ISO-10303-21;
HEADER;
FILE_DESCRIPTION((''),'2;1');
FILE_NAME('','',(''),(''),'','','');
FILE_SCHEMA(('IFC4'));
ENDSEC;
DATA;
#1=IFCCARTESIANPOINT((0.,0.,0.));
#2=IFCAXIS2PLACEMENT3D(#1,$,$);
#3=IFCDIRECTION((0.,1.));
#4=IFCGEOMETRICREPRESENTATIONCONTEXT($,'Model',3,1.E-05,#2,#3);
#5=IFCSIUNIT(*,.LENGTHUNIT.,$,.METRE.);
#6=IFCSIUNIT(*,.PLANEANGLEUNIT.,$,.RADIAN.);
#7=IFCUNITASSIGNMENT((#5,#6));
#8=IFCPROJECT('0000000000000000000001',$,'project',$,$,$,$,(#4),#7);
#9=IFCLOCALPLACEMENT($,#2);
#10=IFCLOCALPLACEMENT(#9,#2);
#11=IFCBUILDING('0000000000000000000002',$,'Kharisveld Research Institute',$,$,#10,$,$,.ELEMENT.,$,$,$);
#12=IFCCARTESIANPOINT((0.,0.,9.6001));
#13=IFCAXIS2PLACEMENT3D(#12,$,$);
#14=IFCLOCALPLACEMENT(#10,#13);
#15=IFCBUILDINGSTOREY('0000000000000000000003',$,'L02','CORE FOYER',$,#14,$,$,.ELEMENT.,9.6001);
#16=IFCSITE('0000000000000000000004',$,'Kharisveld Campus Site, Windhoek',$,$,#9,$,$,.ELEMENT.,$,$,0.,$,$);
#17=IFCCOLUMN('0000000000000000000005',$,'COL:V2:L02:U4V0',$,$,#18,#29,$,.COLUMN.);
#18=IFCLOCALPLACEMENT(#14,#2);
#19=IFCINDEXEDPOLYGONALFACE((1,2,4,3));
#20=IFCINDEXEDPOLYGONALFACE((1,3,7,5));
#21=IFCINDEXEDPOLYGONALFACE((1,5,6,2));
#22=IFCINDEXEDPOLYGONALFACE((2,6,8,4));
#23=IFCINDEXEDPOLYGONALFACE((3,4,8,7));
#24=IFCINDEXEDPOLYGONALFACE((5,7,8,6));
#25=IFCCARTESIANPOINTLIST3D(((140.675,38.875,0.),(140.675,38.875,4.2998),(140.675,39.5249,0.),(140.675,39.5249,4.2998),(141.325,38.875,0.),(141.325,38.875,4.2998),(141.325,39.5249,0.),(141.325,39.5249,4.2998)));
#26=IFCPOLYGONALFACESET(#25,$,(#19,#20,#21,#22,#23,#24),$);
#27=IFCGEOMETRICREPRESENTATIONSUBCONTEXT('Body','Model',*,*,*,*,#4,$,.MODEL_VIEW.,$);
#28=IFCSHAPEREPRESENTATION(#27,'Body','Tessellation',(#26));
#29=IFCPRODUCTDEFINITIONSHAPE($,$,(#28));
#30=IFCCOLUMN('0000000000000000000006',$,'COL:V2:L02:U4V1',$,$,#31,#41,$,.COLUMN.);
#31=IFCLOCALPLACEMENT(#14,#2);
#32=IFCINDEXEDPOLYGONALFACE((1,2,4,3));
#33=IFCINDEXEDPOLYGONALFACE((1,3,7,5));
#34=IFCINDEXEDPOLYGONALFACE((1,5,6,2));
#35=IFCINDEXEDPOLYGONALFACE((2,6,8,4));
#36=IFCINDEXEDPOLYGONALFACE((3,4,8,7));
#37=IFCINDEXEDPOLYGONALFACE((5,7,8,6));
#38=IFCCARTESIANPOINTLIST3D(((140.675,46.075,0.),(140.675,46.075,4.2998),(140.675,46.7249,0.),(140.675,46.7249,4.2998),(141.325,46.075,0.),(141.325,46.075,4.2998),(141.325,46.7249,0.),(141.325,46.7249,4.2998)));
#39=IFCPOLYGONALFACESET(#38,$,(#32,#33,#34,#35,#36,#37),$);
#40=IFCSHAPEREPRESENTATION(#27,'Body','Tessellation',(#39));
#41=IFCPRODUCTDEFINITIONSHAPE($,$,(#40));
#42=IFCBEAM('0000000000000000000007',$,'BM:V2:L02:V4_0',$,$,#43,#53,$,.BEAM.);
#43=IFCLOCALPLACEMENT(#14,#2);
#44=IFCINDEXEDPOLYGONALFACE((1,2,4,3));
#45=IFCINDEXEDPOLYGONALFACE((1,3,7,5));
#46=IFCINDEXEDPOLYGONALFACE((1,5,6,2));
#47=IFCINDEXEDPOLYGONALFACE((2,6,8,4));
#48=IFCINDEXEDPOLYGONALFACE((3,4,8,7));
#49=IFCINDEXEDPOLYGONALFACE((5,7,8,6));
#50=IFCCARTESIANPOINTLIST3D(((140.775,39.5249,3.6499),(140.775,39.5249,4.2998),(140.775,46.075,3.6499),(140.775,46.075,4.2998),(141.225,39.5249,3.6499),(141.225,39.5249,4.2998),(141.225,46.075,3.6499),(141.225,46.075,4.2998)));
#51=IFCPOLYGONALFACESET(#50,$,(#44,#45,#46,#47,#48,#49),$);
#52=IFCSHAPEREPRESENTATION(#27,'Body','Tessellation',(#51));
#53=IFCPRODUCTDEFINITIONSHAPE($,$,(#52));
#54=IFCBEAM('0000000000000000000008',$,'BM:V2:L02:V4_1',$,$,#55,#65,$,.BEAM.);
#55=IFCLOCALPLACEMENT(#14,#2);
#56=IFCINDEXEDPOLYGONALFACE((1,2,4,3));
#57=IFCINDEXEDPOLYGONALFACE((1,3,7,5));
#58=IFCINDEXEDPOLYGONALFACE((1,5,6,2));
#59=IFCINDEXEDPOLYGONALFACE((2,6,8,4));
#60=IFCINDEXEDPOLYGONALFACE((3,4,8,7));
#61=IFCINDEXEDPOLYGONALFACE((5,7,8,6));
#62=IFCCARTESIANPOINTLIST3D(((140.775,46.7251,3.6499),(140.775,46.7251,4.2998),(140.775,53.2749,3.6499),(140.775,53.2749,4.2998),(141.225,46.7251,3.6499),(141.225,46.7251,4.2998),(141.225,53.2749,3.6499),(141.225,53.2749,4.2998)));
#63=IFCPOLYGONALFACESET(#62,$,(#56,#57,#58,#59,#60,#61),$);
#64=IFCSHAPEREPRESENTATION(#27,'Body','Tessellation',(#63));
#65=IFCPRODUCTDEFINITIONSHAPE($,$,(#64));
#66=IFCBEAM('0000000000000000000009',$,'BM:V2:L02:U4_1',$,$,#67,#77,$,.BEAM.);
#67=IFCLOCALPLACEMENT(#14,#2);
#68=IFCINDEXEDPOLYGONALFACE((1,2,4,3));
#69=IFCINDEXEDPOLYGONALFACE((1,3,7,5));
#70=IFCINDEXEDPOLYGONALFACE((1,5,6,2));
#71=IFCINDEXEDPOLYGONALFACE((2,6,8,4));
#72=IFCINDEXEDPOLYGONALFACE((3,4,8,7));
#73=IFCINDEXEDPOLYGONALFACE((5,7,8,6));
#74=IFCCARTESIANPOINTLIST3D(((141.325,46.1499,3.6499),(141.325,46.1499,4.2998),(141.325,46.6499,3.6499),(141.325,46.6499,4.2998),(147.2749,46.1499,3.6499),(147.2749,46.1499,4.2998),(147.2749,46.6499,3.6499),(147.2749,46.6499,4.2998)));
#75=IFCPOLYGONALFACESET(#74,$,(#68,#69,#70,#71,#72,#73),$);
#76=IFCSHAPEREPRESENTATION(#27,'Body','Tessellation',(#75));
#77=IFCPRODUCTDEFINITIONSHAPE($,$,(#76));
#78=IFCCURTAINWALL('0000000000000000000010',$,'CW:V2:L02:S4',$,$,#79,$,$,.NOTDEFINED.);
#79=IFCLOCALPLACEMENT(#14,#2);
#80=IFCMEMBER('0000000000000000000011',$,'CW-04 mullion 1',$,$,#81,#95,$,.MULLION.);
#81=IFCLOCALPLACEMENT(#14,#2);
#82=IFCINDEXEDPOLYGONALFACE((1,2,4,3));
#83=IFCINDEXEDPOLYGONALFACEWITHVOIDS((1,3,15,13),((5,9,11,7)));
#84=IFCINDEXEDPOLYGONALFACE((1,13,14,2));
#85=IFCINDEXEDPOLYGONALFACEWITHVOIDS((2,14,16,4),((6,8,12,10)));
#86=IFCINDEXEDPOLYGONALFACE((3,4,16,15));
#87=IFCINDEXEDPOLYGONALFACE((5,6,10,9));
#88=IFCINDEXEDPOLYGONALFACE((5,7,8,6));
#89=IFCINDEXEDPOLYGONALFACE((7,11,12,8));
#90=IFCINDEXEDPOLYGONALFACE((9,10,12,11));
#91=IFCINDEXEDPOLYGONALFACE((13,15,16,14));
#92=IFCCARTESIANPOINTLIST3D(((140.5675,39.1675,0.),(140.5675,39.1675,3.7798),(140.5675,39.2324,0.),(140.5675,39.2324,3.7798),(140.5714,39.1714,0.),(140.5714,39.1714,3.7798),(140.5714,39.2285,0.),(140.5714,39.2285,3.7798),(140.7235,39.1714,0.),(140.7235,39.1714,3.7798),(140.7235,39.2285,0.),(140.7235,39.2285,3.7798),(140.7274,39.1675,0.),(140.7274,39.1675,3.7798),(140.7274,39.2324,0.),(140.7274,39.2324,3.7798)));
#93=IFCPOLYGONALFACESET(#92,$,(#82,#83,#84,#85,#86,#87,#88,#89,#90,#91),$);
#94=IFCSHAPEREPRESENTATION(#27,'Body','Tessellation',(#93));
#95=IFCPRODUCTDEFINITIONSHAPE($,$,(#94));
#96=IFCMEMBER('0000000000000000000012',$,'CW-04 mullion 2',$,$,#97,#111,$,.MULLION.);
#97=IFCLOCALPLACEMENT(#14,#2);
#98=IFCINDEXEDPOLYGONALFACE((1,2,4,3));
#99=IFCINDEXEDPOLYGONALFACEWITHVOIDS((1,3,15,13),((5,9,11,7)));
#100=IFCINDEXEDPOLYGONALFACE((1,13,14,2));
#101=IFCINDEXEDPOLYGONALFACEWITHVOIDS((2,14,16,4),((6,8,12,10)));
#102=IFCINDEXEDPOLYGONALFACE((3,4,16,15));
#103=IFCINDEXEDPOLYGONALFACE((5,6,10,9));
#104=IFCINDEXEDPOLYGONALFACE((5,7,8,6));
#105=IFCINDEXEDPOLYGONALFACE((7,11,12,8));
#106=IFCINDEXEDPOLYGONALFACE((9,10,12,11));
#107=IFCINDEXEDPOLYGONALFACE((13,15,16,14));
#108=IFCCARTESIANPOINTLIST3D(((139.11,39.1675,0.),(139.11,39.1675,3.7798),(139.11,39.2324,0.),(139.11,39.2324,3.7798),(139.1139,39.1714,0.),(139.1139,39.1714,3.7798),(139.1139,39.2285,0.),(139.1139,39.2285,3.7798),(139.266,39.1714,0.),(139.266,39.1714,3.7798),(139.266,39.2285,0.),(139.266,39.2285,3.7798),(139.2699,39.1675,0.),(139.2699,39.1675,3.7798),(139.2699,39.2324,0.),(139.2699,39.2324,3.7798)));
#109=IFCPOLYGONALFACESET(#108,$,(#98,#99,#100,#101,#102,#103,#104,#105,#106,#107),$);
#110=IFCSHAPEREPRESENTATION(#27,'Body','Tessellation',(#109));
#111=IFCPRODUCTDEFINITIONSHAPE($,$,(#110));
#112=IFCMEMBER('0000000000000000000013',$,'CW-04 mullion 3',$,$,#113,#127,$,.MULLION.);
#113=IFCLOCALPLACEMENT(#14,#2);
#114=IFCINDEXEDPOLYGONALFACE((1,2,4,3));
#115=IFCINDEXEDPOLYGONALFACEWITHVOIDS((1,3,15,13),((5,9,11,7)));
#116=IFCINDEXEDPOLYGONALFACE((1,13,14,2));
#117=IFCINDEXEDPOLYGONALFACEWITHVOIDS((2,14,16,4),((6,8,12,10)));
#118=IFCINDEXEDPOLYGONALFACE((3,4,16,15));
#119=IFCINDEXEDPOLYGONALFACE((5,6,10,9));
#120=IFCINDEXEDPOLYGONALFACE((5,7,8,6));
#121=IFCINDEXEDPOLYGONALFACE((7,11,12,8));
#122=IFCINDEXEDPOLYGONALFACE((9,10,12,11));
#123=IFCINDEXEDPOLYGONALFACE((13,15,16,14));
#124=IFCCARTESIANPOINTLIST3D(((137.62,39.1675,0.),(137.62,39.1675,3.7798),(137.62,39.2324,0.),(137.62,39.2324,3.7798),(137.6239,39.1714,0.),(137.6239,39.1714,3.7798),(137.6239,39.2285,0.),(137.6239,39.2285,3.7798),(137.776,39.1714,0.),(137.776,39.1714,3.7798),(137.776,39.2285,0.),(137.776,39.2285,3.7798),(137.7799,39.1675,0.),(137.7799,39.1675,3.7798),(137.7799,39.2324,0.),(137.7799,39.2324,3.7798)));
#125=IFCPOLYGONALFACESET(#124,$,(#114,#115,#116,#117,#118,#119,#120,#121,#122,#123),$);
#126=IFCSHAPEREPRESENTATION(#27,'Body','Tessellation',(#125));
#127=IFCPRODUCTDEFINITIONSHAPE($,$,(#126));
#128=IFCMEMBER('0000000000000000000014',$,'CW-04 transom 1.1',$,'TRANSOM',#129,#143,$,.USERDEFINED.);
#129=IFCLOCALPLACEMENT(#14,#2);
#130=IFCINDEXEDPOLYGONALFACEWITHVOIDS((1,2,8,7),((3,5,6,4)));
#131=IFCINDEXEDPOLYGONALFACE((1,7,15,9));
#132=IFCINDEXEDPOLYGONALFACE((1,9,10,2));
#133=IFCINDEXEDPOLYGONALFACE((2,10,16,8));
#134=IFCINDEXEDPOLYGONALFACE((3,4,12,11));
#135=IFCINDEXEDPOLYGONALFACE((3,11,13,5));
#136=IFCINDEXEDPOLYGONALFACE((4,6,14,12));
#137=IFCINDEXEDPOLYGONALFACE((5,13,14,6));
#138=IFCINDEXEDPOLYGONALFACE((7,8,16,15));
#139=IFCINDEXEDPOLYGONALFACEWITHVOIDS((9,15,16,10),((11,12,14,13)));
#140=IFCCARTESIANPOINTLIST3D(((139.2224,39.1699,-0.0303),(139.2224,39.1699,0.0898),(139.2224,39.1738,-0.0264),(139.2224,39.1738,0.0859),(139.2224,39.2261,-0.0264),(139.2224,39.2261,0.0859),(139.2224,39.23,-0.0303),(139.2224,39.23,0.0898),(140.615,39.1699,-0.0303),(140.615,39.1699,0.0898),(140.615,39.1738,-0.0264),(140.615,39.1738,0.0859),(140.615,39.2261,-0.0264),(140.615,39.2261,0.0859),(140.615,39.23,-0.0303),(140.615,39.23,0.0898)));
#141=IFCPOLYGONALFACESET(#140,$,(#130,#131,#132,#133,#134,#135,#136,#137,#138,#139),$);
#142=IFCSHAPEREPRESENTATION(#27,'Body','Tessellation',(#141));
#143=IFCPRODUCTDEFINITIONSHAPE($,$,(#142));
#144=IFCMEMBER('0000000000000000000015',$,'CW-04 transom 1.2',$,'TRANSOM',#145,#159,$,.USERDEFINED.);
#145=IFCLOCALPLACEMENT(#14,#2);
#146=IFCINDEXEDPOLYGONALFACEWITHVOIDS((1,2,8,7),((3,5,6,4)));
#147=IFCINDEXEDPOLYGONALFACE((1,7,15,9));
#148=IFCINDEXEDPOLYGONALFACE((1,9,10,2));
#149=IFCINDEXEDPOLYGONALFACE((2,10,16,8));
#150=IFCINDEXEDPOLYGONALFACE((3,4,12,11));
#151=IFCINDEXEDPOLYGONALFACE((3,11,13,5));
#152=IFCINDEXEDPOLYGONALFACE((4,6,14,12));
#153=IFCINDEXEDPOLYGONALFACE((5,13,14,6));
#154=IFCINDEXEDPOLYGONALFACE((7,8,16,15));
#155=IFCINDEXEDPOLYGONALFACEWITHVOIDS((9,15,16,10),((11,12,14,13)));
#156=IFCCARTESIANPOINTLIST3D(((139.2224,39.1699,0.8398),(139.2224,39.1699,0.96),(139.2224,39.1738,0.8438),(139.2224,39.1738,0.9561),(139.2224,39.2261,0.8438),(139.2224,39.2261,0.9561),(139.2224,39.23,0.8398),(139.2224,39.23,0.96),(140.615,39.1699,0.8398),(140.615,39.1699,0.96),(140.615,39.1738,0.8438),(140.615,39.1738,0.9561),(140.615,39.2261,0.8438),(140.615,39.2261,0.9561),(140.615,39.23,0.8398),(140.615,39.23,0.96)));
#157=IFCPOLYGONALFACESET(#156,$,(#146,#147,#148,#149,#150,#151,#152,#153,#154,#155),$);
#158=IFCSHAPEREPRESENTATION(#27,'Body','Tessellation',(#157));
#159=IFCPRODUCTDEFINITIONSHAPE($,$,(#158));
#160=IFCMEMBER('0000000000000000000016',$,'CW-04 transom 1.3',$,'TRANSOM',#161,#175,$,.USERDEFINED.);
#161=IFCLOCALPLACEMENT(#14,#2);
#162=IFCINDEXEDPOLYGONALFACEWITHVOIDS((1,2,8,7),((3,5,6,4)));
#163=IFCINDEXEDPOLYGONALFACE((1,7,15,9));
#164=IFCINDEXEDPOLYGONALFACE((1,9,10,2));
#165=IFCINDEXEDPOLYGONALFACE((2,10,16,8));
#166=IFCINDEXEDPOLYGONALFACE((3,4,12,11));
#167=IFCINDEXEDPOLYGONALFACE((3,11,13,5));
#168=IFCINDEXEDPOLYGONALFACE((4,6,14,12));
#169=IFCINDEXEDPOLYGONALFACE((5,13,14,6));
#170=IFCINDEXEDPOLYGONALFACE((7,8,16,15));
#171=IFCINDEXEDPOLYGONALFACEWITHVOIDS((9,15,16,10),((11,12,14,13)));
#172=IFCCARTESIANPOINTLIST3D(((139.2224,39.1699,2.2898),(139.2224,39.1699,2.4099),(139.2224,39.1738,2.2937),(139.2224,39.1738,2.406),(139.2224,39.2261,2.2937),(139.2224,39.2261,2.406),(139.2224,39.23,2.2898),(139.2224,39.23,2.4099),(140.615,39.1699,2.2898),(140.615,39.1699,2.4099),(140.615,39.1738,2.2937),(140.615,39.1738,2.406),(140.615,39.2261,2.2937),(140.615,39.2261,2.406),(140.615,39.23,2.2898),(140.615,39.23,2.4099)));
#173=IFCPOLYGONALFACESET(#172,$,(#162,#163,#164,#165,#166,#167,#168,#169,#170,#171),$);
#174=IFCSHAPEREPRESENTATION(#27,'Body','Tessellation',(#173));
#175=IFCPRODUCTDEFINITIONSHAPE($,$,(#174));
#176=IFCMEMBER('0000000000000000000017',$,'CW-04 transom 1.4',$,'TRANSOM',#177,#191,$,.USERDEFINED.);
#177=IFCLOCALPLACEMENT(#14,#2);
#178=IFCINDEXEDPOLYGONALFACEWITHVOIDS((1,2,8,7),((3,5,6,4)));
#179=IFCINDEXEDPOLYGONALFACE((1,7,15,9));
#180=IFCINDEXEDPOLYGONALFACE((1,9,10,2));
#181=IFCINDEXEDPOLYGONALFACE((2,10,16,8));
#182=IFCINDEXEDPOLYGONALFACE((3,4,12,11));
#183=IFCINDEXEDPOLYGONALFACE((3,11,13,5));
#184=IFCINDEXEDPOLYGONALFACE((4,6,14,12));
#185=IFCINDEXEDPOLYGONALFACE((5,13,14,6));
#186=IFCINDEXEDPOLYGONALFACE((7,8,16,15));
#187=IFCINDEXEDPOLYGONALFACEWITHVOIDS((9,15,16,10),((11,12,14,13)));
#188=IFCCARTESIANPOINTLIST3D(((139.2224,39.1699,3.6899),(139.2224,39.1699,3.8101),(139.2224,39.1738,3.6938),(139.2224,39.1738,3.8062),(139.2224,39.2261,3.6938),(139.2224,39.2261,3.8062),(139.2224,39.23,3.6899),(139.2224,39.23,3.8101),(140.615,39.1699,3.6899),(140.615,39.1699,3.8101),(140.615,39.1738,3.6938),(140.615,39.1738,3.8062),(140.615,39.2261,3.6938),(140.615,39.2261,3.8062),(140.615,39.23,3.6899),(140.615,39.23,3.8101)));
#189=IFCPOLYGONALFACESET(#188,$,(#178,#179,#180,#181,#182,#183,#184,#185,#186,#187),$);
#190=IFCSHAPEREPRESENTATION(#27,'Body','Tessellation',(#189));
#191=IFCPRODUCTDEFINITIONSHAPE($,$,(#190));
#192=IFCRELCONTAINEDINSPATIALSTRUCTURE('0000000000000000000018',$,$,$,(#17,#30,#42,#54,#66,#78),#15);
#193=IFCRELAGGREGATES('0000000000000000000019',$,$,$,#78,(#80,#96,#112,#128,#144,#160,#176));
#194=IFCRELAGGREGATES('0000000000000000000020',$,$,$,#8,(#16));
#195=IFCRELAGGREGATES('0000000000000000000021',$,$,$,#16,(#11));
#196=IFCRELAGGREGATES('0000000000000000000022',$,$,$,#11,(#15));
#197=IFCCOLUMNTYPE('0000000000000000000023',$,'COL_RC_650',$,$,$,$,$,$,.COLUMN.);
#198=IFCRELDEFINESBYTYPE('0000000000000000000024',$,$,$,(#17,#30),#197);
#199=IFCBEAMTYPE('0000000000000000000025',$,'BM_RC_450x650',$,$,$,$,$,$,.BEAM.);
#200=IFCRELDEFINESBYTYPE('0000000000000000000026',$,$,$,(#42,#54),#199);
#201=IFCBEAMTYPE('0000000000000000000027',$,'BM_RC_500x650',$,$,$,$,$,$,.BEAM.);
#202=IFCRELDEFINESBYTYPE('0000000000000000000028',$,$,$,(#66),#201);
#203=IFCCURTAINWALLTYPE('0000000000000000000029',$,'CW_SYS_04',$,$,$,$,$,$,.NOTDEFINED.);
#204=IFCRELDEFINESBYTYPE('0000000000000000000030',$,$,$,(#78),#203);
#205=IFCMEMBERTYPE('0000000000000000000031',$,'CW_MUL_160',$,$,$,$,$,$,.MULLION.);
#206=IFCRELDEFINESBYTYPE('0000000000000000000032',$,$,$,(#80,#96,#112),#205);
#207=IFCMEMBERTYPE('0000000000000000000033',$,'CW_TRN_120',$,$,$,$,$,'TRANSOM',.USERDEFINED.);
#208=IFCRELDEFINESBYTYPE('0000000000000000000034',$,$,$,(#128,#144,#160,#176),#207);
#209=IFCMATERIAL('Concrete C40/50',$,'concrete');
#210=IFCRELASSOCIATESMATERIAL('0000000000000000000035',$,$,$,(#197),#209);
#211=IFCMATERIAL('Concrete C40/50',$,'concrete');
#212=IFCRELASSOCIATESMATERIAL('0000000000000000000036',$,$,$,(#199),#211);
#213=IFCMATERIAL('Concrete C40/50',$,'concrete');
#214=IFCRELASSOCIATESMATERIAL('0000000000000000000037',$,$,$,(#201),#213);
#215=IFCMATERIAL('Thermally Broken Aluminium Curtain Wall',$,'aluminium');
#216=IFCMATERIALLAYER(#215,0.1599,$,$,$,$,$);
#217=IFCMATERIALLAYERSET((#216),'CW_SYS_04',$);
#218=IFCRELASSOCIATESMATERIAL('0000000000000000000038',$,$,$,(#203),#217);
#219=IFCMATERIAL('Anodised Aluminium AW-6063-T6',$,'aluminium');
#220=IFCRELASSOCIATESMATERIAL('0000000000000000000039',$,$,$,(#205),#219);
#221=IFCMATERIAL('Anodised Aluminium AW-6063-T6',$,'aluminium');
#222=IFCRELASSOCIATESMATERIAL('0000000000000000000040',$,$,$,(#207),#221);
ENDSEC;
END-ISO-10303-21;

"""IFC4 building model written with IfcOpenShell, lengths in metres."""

from ifc_helpers import new_model, si_unit, direction, frame, origin, origin_2d, place, context, subcontext, project, spatial, rectangle, hollow_rectangle, extrude, material, layer, layer_set, material_profile, profile_set, type_object, element, aggregate, save


model = new_model("IFC4")

# Units and contexts
model_context = context("Model", 3, precision=1e-05, world=origin(), true_north=direction((0.0, 1.0)))
body_context = subcontext(model_context, "Body", "Model", "MODEL_VIEW")
ifc_project = project(units=[si_unit("LENGTHUNIT", "METRE"), si_unit("PLANEANGLEUNIT", "RADIAN")], contexts=[model_context])

# Site, building, storey
site_placement = place(None, origin())
site = spatial("IfcSite", under=ifc_project, at=site_placement, Name="Kharisveld Campus Site, Windhoek", CompositionType="ELEMENT", RefElevation=0.0)
building_placement = place(site_placement, origin())
building = spatial("IfcBuilding", under=site, at=building_placement, Name="Kharisveld Research Institute", CompositionType="ELEMENT")
storey_placement = place(building_placement, frame((0.0, 0.0, 9.6001)))
storey = spatial("IfcBuildingStorey", under=building, at=storey_placement, Name="L02", Description="CORE FOYER", CompositionType="ELEMENT", Elevation=9.6001)

# Columns
ifc_material_1 = material(Name="Concrete C40/50", Category="concrete")
ifc_material_profile_1 = material_profile(ifc_material_1, rectangle(XDim=0.6499, YDim=0.6499, at=origin_2d()))
ifc_profile_set_1 = profile_set([ifc_material_profile_1], Name="Concrete C40/50")
column_type = type_object("IfcColumnType", Name="COL_RC_650", PredefinedType="COLUMN", material=ifc_profile_set_1)
for number, where, z_axis, x_axis, name in (
    (1, (141.0, 39.2, 0.0), (0.0, 0.0, 1.0), (1.0, 0.0, 0.0), "COL:V2:L02:U4V0"),
    (2, (141.0, 46.3999, 0.0), (0.0, 0.0, 1.0), (1.0, 0.0, 0.0), "COL:V2:L02:U4V1"),
):
    element("IfcColumn", number, at=place(storey_placement, frame(where, z_axis=z_axis, x_axis=x_axis)), inside=storey, type_object=column_type, Name=name, PredefinedType="COLUMN", context=body_context, shape_type="SweptSolid", body=[
        extrude(rectangle(XDim=0.6499, YDim=0.6499, at=origin_2d()), origin(), (0.0, 0.0, 1.0), 4.2998),
    ])

# Beams
ifc_material_2 = material(Name="Concrete C40/50", Category="concrete")
ifc_material_profile_2 = material_profile(ifc_material_2, rectangle(XDim=0.45, YDim=0.6499, at=origin_2d()))
ifc_profile_set_2 = profile_set([ifc_material_profile_2], Name="Concrete C40/50")
beam_type_1 = type_object("IfcBeamType", Name="BM_RC_450x650", PredefinedType="BEAM", material=ifc_profile_set_2)
beam_1_placement = place(storey_placement, frame((141.0, 39.5249, 3.9749), z_axis=(0.0, 1.0, 0.0), x_axis=(-1.0, 0.0, 0.0)))
element("IfcBeam", 3, at=beam_1_placement, inside=storey, type_object=beam_type_1, Name="BM:V2:L02:V4_0", PredefinedType="BEAM", context=body_context, shape_type="SweptSolid", body=[
    extrude(rectangle(XDim=0.45, YDim=0.6499, at=origin_2d()), origin(), (0.0, 0.0, 1.0), 6.55),
])
beam_2_placement = place(storey_placement, frame((141.0, 46.7251, 3.9749), z_axis=(0.0, 1.0, 0.0), x_axis=(-1.0, 0.0, 0.0)))
element("IfcBeam", 4, at=beam_2_placement, inside=storey, type_object=beam_type_1, Name="BM:V2:L02:V4_1", PredefinedType="BEAM", context=body_context, shape_type="SweptSolid", body=[
    extrude(rectangle(XDim=0.45, YDim=0.6499, at=origin_2d()), origin(), (0.0, 0.0, 1.0), 6.5498),
])
ifc_material_3 = material(Name="Concrete C40/50", Category="concrete")
ifc_material_profile_3 = material_profile(ifc_material_3, rectangle(XDim=0.5, YDim=0.6499, at=origin_2d()))
ifc_profile_set_3 = profile_set([ifc_material_profile_3], Name="Concrete C40/50")
beam_type_2 = type_object("IfcBeamType", Name="BM_RC_500x650", PredefinedType="BEAM", material=ifc_profile_set_3)
beam_3_placement = place(storey_placement, frame((141.325, 46.3999, 3.9749), z_axis=(1.0, 0.0, 0.0), x_axis=(0.0, 1.0, 0.0)))
element("IfcBeam", 5, at=beam_3_placement, inside=storey, type_object=beam_type_2, Name="BM:V2:L02:U4_1", PredefinedType="BEAM", context=body_context, shape_type="SweptSolid", body=[
    extrude(rectangle(XDim=0.5, YDim=0.6499, at=origin_2d()), origin(), (0.0, 0.0, 1.0), 5.95),
])

# Curtain wall, members
ifc_material_4 = material(Name="Thermally Broken Aluminium Curtain Wall", Category="aluminium")
ifc_layer_1 = layer(ifc_material_4, 0.1599)
ifc_layer_set_1 = layer_set([ifc_layer_1], Name="CW_SYS_04")
curtain_wall_type = type_object("IfcCurtainWallType", Name="CW_SYS_04", PredefinedType="NOTDEFINED", material=ifc_layer_set_1)
curtain_wall_placement = place(storey_placement, origin())
curtain_wall = element("IfcCurtainWall", 6, at=curtain_wall_placement, inside=storey, type_object=curtain_wall_type, Name="CW:V2:L02:S4", PredefinedType="NOTDEFINED")
ifc_material_5 = material(Name="Anodised Aluminium AW-6063-T6", Category="aluminium")
ifc_material_profile_4 = material_profile(ifc_material_5, hollow_rectangle(XDim=0.0649, YDim=0.1599, WallThickness=0.0039, at=origin_2d()))
ifc_profile_set_4 = profile_set([ifc_material_profile_4], Name="Anodised Aluminium AW-6063-T6")
member_type_1 = type_object("IfcMemberType", Name="CW_MUL_160", PredefinedType="MULLION", material=ifc_profile_set_4)
member_1_placement = place(storey_placement, frame((140.6475, 39.2, 0.0), z_axis=(0.0, 0.0, 1.0), x_axis=(0.0, -1.0, 0.0)))
member_1 = element("IfcMember", 7, at=member_1_placement, type_object=member_type_1, Name="CW-04 mullion 1", PredefinedType="MULLION", context=body_context, shape_type="SweptSolid", body=[
    extrude(hollow_rectangle(XDim=0.0649, YDim=0.1599, WallThickness=0.0039, at=origin_2d()), origin(), (0.0, 0.0, 1.0), 3.7798),
])
member_2_placement = place(storey_placement, frame((139.1899, 39.2, 0.0), z_axis=(0.0, 0.0, 1.0), x_axis=(0.0, -1.0, 0.0)))
member_2 = element("IfcMember", 8, at=member_2_placement, type_object=member_type_1, Name="CW-04 mullion 2", PredefinedType="MULLION", context=body_context, shape_type="SweptSolid", body=[
    extrude(hollow_rectangle(XDim=0.0649, YDim=0.1599, WallThickness=0.0039, at=origin_2d()), origin(), (0.0, 0.0, 1.0), 3.7798),
])
member_3_placement = place(storey_placement, frame((137.7, 39.2, 0.0), z_axis=(0.0, 0.0, 1.0), x_axis=(0.0, -1.0, 0.0)))
member_3 = element("IfcMember", 9, at=member_3_placement, type_object=member_type_1, Name="CW-04 mullion 3", PredefinedType="MULLION", context=body_context, shape_type="SweptSolid", body=[
    extrude(hollow_rectangle(XDim=0.0649, YDim=0.1599, WallThickness=0.0039, at=origin_2d()), origin(), (0.0, 0.0, 1.0), 3.7798),
])
ifc_material_6 = material(Name="Anodised Aluminium AW-6063-T6", Category="aluminium")
ifc_material_profile_5 = material_profile(ifc_material_6, hollow_rectangle(XDim=0.0601, YDim=0.1201, WallThickness=0.0039, at=origin_2d()))
ifc_profile_set_5 = profile_set([ifc_material_profile_5], Name="Anodised Aluminium AW-6063-T6")
member_type_2 = type_object("IfcMemberType", Name="CW_TRN_120", ElementType="TRANSOM", PredefinedType="USERDEFINED", material=ifc_profile_set_5)
member_4_placement = place(storey_placement, frame((140.615, 39.2, 0.0298), z_axis=(-1.0, 0.0, 0.0), x_axis=(0.0, -1.0, 0.0)))
member_4 = element("IfcMember", 10, at=member_4_placement, type_object=member_type_2, Name="CW-04 transom 1.1", ObjectType="TRANSOM", PredefinedType="USERDEFINED", context=body_context, shape_type="SweptSolid", body=[
    extrude(hollow_rectangle(XDim=0.0601, YDim=0.1201, WallThickness=0.0039, at=origin_2d()), origin(), (0.0, 0.0, 1.0), 1.3926),
])
member_5_placement = place(storey_placement, frame((140.615, 39.2, 0.8999), z_axis=(-1.0, 0.0, 0.0), x_axis=(0.0, -1.0, 0.0)))
member_5 = element("IfcMember", 11, at=member_5_placement, type_object=member_type_2, Name="CW-04 transom 1.2", ObjectType="TRANSOM", PredefinedType="USERDEFINED", context=body_context, shape_type="SweptSolid", body=[
    extrude(hollow_rectangle(XDim=0.0601, YDim=0.1201, WallThickness=0.0039, at=origin_2d()), origin(), (0.0, 0.0, 1.0), 1.3926),
])
member_6_placement = place(storey_placement, frame((140.615, 39.2, 2.3499), z_axis=(-1.0, 0.0, 0.0), x_axis=(0.0, -1.0, 0.0)))
member_6 = element("IfcMember", 12, at=member_6_placement, type_object=member_type_2, Name="CW-04 transom 1.3", ObjectType="TRANSOM", PredefinedType="USERDEFINED", context=body_context, shape_type="SweptSolid", body=[
    extrude(hollow_rectangle(XDim=0.0601, YDim=0.1201, WallThickness=0.0039, at=origin_2d()), origin(), (0.0, 0.0, 1.0), 1.3926),
])
member_7_placement = place(storey_placement, frame((140.615, 39.2, 3.75), z_axis=(-1.0, 0.0, 0.0), x_axis=(0.0, -1.0, 0.0)))
member_7 = element("IfcMember", 13, at=member_7_placement, type_object=member_type_2, Name="CW-04 transom 1.4", ObjectType="TRANSOM", PredefinedType="USERDEFINED", context=body_context, shape_type="SweptSolid", body=[
    extrude(hollow_rectangle(XDim=0.0601, YDim=0.1201, WallThickness=0.0039, at=origin_2d()), origin(), (0.0, 0.0, 1.0), 1.3926),
])

aggregate(curtain_wall, [member_1, member_2, member_3, member_4, member_5, member_6, member_7])

save(model, "model.ifc")
